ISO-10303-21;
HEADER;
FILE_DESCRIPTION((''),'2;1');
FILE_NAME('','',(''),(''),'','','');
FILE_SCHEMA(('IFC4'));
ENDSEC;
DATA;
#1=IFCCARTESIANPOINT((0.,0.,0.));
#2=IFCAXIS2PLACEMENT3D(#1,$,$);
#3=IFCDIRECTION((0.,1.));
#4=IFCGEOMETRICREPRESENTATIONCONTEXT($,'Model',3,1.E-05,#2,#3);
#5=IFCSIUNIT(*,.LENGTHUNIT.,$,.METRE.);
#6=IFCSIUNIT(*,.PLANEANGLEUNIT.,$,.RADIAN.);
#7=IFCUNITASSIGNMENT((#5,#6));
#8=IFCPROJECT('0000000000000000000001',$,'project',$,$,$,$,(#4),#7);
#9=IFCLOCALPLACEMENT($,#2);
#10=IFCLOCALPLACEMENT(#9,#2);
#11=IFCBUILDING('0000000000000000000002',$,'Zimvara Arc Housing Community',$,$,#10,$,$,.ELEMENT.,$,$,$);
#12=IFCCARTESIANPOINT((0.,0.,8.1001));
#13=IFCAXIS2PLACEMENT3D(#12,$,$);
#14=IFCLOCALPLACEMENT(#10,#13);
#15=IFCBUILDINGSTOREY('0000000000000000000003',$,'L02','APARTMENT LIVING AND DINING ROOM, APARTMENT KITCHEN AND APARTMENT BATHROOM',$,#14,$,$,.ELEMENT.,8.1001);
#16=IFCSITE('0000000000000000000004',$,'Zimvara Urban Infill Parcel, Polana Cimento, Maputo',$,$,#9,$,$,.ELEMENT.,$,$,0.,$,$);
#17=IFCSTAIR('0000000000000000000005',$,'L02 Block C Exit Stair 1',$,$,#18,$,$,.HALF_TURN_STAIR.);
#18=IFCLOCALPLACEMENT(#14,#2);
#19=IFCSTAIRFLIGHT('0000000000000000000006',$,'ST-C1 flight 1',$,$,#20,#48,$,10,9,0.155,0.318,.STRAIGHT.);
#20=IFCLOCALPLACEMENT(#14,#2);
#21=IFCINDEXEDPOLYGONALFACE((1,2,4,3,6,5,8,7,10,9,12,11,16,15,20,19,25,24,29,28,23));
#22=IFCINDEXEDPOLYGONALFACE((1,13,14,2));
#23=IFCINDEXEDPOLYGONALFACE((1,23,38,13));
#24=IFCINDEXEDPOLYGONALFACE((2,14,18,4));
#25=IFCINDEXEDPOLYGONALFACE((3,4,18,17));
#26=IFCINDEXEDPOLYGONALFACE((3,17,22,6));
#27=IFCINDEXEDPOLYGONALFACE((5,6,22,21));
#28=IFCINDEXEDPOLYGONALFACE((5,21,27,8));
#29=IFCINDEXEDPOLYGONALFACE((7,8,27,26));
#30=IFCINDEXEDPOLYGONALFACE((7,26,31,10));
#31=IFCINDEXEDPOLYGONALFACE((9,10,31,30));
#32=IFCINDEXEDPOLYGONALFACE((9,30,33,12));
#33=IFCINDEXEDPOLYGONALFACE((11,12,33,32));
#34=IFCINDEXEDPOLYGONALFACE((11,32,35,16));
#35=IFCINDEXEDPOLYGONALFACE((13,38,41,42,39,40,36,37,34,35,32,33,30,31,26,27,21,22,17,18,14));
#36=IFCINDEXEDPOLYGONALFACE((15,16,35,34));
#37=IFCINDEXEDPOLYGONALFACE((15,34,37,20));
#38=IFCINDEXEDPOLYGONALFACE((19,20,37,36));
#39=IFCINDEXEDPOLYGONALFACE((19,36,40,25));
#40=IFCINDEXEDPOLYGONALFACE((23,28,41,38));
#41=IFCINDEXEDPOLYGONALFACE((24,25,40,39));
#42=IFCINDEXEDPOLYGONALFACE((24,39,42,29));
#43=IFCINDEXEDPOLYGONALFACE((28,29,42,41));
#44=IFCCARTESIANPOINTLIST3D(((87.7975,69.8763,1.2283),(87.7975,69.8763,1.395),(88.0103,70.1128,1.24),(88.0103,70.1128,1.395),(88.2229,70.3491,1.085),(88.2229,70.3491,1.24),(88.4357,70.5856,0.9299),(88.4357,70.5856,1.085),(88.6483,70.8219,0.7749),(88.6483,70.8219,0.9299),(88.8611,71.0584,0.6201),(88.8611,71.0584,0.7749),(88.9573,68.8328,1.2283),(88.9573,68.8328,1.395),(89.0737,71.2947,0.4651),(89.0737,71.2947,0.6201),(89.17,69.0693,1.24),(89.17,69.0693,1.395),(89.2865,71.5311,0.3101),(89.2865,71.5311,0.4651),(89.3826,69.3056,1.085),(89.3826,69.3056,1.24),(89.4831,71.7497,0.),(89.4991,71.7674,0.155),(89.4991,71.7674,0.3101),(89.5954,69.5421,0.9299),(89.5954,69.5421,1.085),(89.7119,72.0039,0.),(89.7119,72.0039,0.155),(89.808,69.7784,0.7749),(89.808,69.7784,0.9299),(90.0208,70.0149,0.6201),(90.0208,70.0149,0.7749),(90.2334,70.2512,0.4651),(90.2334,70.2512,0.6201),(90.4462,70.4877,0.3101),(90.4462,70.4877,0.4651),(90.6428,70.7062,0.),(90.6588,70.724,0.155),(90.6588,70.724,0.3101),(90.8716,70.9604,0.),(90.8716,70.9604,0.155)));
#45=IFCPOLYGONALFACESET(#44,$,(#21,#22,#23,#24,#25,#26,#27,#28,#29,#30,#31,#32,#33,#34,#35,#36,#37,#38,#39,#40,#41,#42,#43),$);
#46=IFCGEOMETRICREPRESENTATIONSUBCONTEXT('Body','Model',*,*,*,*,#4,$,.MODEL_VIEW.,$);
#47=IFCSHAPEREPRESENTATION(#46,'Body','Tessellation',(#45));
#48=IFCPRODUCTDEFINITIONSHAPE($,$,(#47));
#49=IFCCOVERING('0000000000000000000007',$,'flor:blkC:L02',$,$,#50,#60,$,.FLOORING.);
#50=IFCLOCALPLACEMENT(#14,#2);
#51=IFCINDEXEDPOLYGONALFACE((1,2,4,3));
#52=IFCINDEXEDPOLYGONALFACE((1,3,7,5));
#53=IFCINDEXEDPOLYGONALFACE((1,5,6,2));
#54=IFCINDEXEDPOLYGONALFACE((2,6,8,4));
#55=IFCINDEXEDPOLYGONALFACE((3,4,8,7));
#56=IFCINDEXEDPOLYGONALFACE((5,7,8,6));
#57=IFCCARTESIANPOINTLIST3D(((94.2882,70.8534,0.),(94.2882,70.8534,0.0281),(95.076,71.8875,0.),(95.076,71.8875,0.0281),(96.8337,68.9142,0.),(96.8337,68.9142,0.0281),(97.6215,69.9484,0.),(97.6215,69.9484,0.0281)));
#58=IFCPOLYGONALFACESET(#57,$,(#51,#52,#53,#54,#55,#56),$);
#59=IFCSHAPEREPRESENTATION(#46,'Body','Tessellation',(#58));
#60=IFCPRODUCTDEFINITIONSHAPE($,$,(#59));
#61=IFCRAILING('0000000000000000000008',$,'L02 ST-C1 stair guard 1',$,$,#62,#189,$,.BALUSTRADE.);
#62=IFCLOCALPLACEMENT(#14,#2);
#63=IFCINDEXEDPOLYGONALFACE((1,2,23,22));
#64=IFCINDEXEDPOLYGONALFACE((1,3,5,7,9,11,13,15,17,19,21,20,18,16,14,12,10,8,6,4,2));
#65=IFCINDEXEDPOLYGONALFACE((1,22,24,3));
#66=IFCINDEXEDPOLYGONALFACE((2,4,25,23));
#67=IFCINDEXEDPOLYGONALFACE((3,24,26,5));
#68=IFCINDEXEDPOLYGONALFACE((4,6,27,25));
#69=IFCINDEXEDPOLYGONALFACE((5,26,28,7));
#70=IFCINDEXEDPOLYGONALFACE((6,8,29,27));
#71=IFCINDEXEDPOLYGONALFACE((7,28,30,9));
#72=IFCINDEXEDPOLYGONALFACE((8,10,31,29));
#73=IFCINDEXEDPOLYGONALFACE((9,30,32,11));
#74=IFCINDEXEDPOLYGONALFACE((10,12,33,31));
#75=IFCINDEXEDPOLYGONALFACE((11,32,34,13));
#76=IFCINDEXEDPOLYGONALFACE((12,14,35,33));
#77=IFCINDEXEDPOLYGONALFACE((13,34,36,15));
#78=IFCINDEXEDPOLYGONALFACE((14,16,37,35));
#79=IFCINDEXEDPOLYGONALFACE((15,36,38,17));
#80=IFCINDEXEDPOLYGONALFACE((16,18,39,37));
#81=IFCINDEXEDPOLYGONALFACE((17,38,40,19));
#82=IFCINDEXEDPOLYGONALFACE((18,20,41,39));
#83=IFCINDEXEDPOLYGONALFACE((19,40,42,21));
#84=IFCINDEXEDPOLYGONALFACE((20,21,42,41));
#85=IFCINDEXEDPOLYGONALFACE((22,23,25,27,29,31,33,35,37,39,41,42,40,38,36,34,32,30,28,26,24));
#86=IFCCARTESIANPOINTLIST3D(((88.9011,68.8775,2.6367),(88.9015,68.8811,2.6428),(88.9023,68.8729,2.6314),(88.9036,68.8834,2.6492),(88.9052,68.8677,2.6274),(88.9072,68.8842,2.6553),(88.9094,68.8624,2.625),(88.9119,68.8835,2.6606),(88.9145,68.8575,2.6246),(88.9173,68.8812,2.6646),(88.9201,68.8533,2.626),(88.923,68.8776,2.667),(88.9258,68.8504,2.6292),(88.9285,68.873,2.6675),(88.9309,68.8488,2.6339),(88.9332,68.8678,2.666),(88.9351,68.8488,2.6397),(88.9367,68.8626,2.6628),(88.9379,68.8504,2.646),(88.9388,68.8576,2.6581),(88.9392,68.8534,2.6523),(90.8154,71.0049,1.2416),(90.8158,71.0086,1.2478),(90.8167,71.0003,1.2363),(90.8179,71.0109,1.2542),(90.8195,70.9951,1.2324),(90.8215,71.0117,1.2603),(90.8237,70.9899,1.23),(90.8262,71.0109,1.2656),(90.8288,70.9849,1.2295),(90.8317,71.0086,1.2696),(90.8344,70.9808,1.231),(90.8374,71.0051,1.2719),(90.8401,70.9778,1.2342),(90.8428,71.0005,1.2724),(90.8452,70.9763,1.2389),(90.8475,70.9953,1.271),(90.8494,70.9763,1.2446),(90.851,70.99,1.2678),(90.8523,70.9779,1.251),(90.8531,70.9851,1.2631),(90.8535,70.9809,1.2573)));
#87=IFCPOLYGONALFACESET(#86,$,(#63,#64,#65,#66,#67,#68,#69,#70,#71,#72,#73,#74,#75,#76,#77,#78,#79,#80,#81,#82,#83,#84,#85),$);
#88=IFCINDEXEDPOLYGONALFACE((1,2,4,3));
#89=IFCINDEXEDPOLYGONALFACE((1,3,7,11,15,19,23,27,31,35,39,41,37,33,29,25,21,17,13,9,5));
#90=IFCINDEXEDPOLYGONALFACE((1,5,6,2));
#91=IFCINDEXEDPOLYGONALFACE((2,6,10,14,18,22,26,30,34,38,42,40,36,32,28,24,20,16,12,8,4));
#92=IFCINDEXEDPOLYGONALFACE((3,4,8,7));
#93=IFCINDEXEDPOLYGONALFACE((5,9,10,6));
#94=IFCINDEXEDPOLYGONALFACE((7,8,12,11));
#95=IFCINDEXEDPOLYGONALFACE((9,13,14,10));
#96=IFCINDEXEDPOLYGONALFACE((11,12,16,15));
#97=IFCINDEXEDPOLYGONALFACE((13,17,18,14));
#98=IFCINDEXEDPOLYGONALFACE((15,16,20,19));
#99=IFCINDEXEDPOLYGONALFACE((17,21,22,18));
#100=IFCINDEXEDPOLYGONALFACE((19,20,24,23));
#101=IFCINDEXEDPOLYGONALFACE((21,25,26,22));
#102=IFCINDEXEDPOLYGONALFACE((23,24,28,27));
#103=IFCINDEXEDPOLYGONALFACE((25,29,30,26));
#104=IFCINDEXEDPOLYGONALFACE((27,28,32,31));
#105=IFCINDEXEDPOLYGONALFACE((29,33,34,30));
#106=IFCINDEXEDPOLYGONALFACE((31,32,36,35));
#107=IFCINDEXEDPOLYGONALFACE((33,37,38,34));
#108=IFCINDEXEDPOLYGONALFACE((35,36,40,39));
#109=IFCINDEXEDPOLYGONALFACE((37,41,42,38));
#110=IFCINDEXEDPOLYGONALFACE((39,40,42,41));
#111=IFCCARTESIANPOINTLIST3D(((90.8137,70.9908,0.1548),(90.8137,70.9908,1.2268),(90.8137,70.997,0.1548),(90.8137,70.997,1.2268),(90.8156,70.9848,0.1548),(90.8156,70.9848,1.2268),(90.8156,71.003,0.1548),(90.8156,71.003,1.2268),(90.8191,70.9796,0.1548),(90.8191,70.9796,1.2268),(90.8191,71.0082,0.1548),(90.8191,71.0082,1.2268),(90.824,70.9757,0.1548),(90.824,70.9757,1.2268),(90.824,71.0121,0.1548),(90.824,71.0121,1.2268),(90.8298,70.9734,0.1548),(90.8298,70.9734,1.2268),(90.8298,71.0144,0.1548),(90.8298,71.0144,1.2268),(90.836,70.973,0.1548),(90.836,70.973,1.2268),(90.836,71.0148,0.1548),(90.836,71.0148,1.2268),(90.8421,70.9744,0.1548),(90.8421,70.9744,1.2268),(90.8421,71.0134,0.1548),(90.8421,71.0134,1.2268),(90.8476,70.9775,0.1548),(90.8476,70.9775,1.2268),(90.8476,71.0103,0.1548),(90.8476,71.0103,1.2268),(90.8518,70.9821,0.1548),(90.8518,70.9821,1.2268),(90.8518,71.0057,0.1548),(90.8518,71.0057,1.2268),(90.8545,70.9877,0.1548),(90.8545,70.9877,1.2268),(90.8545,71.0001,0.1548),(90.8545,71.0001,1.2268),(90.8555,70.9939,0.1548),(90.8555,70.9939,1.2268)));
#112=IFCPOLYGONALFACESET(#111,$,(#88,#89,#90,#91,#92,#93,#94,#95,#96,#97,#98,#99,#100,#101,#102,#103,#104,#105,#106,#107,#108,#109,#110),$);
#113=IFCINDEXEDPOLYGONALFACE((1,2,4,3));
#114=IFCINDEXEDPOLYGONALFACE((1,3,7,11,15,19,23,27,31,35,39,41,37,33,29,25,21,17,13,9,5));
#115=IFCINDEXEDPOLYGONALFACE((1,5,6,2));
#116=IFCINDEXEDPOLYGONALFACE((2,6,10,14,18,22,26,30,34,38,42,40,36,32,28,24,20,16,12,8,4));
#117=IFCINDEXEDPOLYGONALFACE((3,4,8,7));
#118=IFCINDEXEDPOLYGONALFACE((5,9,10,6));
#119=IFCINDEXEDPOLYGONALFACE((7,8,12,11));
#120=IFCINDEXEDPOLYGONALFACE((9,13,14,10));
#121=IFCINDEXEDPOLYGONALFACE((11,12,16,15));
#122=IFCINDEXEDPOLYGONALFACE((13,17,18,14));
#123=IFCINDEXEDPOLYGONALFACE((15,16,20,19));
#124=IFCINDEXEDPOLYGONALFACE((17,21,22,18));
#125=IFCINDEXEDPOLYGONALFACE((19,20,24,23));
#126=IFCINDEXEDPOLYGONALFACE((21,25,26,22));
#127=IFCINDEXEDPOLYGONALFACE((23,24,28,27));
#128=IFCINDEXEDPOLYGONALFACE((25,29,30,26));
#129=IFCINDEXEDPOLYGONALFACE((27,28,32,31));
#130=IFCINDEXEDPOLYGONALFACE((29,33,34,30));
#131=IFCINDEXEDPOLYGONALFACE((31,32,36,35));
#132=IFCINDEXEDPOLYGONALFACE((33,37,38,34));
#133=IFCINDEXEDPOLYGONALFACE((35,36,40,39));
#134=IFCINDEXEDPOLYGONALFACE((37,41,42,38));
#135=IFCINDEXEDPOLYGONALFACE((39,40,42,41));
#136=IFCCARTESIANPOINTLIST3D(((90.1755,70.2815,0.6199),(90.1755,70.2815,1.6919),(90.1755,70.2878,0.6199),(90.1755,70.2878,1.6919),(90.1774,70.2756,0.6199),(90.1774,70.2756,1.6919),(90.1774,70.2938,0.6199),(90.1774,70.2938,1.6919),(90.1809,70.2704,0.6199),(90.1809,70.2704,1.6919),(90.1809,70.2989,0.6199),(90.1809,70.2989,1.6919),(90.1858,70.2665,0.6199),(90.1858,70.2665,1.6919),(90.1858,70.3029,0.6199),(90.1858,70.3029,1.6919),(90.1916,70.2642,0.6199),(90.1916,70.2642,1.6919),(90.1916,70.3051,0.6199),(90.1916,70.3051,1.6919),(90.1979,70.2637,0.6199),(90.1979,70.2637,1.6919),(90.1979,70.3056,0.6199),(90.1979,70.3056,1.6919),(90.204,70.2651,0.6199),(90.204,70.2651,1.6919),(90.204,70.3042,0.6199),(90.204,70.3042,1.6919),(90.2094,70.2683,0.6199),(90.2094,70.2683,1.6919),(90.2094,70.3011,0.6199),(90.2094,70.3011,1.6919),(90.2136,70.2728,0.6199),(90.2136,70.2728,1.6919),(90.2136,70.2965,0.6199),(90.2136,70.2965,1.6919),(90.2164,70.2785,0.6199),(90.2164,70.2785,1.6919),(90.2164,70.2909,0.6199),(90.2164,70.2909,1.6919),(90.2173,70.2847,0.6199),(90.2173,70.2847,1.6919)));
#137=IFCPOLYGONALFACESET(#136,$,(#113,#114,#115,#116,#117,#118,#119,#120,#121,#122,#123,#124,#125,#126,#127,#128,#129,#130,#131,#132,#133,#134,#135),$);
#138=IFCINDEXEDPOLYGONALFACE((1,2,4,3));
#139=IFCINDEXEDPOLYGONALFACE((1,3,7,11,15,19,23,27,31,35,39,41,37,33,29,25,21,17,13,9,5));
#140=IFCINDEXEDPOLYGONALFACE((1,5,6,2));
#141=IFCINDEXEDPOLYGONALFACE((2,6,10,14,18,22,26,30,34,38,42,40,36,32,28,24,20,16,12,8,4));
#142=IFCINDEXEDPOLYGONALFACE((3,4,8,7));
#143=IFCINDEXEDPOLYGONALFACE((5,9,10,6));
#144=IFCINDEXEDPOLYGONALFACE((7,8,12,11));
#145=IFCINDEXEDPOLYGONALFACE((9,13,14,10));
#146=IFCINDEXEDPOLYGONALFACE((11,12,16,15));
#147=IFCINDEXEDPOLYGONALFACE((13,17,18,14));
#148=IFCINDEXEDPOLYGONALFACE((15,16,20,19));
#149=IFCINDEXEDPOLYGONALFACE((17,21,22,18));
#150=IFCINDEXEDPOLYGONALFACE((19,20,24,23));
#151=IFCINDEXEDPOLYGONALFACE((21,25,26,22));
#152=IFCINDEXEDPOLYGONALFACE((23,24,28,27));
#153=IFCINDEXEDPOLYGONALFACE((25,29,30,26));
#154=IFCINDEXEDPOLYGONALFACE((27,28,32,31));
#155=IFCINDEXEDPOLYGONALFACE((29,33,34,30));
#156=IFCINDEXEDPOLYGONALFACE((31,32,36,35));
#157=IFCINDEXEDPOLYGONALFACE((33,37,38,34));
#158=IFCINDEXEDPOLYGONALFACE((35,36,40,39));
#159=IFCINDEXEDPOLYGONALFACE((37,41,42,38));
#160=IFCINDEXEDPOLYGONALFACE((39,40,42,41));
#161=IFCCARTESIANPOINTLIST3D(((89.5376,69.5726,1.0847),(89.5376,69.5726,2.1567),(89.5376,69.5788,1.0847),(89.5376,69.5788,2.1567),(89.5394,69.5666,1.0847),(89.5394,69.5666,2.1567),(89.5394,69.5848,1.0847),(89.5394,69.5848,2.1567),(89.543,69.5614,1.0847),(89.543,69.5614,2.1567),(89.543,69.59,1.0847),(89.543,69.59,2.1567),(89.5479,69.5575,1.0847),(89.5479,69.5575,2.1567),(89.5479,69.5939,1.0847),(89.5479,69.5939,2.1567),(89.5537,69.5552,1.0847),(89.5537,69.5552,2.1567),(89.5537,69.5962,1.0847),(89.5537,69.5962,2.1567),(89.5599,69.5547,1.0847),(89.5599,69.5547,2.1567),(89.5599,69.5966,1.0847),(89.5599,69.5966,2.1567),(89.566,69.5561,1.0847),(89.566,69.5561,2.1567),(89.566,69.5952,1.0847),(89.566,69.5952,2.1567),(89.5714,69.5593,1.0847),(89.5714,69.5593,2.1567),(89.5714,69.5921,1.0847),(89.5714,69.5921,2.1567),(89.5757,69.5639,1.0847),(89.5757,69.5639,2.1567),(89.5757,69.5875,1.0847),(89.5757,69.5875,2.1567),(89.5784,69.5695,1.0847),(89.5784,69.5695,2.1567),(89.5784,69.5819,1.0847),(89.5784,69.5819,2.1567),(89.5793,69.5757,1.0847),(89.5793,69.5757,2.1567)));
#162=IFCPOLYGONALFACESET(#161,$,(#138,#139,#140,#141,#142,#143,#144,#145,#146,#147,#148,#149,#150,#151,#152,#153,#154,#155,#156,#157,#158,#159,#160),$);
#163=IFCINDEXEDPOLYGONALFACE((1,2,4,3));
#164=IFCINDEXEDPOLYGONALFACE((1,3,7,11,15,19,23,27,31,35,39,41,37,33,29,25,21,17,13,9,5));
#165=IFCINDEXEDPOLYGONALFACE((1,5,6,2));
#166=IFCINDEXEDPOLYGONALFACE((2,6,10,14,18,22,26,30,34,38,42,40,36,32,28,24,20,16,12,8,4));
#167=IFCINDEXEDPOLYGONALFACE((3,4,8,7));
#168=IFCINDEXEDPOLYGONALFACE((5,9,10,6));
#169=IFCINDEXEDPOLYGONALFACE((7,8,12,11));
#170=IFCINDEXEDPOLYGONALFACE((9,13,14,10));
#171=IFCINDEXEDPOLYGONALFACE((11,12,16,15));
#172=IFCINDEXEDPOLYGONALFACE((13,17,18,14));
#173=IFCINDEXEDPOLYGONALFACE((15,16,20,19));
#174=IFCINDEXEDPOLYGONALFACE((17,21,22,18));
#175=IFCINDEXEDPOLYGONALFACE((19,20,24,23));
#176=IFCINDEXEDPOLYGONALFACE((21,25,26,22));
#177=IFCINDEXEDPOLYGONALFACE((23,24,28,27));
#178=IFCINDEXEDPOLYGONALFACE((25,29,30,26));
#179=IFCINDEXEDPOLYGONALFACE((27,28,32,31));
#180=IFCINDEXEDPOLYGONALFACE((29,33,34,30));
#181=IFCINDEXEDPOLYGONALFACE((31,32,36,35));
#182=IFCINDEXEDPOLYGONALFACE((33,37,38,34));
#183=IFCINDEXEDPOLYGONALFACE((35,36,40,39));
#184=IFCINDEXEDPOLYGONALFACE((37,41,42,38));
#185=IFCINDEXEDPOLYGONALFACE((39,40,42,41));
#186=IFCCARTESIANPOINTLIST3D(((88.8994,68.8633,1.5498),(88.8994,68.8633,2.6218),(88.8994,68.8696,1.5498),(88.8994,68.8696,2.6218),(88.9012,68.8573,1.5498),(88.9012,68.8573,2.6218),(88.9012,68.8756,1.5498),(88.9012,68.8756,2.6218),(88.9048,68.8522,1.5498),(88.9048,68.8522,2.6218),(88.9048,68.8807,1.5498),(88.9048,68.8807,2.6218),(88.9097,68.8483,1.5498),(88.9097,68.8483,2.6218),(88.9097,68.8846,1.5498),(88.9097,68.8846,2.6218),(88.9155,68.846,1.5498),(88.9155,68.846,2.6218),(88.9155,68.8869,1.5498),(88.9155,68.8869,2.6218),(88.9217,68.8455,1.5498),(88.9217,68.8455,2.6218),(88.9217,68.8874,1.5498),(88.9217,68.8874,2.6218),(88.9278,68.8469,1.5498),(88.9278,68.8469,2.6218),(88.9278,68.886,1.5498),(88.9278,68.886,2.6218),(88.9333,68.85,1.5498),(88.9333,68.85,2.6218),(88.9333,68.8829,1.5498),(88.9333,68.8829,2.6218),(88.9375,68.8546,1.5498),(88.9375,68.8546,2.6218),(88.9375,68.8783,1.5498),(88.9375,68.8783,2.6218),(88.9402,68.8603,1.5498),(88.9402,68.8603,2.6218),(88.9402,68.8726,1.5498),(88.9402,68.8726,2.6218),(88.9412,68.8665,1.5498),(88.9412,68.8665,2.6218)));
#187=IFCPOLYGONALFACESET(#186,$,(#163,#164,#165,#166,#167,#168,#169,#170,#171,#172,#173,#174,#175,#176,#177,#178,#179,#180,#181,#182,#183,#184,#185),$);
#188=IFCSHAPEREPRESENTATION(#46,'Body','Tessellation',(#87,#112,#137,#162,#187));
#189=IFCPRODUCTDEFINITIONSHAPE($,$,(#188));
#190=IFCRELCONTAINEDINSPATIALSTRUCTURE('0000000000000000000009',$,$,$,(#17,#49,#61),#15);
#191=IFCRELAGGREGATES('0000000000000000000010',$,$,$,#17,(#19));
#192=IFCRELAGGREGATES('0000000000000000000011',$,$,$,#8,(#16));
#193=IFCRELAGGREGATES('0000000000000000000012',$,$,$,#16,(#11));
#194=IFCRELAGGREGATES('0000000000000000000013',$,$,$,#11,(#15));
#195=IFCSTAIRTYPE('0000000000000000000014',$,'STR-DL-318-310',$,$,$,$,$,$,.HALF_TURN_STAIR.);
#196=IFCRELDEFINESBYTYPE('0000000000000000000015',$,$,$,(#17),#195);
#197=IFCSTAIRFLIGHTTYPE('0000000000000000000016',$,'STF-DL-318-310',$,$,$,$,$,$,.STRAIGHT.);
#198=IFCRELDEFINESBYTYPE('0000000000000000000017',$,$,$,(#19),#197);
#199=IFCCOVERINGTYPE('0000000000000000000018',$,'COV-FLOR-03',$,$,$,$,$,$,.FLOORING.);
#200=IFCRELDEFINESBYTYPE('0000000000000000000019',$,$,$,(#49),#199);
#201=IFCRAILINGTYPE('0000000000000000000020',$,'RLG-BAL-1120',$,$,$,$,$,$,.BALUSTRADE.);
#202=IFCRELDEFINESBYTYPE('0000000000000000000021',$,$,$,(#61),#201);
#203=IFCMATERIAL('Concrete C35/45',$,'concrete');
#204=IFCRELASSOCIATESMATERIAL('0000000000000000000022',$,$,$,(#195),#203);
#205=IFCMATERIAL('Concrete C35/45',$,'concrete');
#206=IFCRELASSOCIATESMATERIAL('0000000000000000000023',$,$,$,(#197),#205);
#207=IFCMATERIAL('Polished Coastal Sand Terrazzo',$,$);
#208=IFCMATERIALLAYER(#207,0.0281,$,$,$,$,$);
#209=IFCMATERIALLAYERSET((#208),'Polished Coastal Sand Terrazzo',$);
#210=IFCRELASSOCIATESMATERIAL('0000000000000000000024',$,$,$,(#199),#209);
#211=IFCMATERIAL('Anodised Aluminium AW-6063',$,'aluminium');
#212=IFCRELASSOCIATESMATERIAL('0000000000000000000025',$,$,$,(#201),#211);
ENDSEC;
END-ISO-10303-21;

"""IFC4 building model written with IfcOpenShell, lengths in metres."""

from ifc_helpers import new_model, si_unit, direction, frame, origin, origin_2d, place, context, subcontext, project, spatial, polyline, rectangle, circle, outline, extrude, material, layer, layer_set, type_object, element, aggregate, save


model = new_model("IFC4")

# Units and contexts
model_context = context("Model", 3, precision=1e-05, world=origin(), true_north=direction((0.0, 1.0)))
body_context = subcontext(model_context, "Body", "Model", "MODEL_VIEW")
ifc_project = project(units=[si_unit("LENGTHUNIT", "METRE"), si_unit("PLANEANGLEUNIT", "RADIAN")], contexts=[model_context])

# Site, building, storey
site_placement = place(None, origin())
site = spatial("IfcSite", under=ifc_project, at=site_placement, Name="Zimvara Urban Infill Parcel, Polana Cimento, Maputo", CompositionType="ELEMENT", RefElevation=0.0)
building_placement = place(site_placement, origin())
building = spatial("IfcBuilding", under=site, at=building_placement, Name="Zimvara Arc Housing Community", CompositionType="ELEMENT")
storey_placement = place(building_placement, frame((0.0, 0.0, 8.1001)))
storey = spatial("IfcBuildingStorey", under=building, at=storey_placement, Name="L02", Description="APARTMENT LIVING AND DINING ROOM, APARTMENT KITCHEN AND APARTMENT BATHROOM", CompositionType="ELEMENT", Elevation=8.1001)

# Stair, stair flight
ifc_material_1 = material(Name="Concrete C35/45", Category="concrete")
stair_type = type_object("IfcStairType", Name="STR-DL-318-310", PredefinedType="HALF_TURN_STAIR", material=ifc_material_1)
stair_placement = place(storey_placement, origin())
stair = element("IfcStair", 1, at=stair_placement, inside=storey, type_object=stair_type, Name="L02 Block C Exit Stair 1", PredefinedType="HALF_TURN_STAIR")
ifc_material_2 = material(Name="Concrete C35/45", Category="concrete")
stair_flight_type = type_object("IfcStairFlightType", Name="STF-DL-318-310", PredefinedType="STRAIGHT", material=ifc_material_2)
stair_flight_placement = place(storey_placement, frame((90.2917, 71.4822, 0.0), z_axis=(0.0, 0.0, 1.0), x_axis=(-0.668871, -0.743378, 0.0)))
stair_flight = element("IfcStairFlight", 2, at=stair_flight_placement, type_object=stair_flight_type, Name="ST-C1 flight 1", NumberOfRisers=10, NumberOfTreads=9, PredefinedType="STRAIGHT", RiserHeight=0.155, TreadLength=0.318, context=body_context, shape_type="SweptSolid", body=[
    extrude(outline(polyline([(0.0, 0.0), (0.0, 0.155), (0.3181, 0.155), (0.3181, 0.3101), (0.636, 0.3101), (0.636, 0.4651), (0.9541, 0.4651), (0.9541, 0.6201), (1.272, 0.6201), (1.272, 0.7749), (1.5901, 0.7749), (1.5901, 0.9299), (1.908, 0.9299), (1.908, 1.085), (2.2261, 1.085), (2.2261, 1.24), (2.5439, 1.24), (2.5439, 1.395), (2.8621, 1.395), (2.8621, 1.55), (2.8621, 1.2283), (0.342, 0.0), (0.0, 0.0)])), frame((0.0, 0.78, 0.0), z_axis=(0.0, -1.0, 0.0), x_axis=(1.0, 0.0, 0.0)), (0.0, 0.0, 1.0), 1.5601),
])
aggregate(stair, [stair_flight])

# Covering
ifc_material_3 = material(Name="Polished Coastal Sand Terrazzo")
ifc_layer_1 = layer(ifc_material_3, 0.0281)
ifc_layer_set_1 = layer_set([ifc_layer_1], Name="Polished Coastal Sand Terrazzo")
covering_type = type_object("IfcCoveringType", Name="COV-FLOR-03", PredefinedType="FLOORING", material=ifc_layer_set_1)
covering_placement = place(storey_placement, frame((95.9548, 70.4009, 0.0), z_axis=(0.0, 0.0, 1.0), x_axis=(-0.605988, -0.795473, 0.0)))
element("IfcCovering", 3, at=covering_placement, inside=storey, type_object=covering_type, Name="flor:blkC:L02", PredefinedType="FLOORING", context=body_context, shape_type="SweptSolid", body=[
    extrude(rectangle(XDim=1.3, YDim=3.2, at=origin_2d()), origin(), (0.0, 0.0, 1.0), 0.0281),
])

# Railing
ifc_material_4 = material(Name="Anodised Aluminium AW-6063", Category="aluminium")
railing_type_1 = type_object("IfcRailingType", Name="RLG-BAL-1120", PredefinedType="BALUSTRADE", material=ifc_material_4)
railing_1_placement = place(storey_placement, frame((90.8345, 70.9939, 0.1548)))
element("IfcRailing", 4, at=railing_1_placement, inside=storey, type_object=railing_type_1, Name="L02 ST-C1 stair guard 1", PredefinedType="BALUSTRADE", context=body_context, shape_type="SweptSolid", body=[
    extrude(circle(Radius=0.0239, at=origin_2d()), frame((0.0, 0.0, 1.0962), z_axis=(-0.601263, -0.668206, 0.43816), x_axis=(0.743362, -0.668889, 0.0)), (0.0, 0.0, 1.0), 3.1838),
    extrude(circle(Radius=0.021, at=origin_2d()), origin(), (0.0, 0.0, 1.0), 1.072),
    extrude(circle(Radius=0.021, at=origin_2d()), frame((-0.6382, -0.7092, 0.4651)), (0.0, 0.0, 1.0), 1.072),
    extrude(circle(Radius=0.021, at=origin_2d()), frame((-1.2761, -1.4182, 0.9299)), (0.0, 0.0, 1.0), 1.072),
    extrude(circle(Radius=0.021, at=origin_2d()), frame((-1.9143, -2.1274, 1.395)), (0.0, 0.0, 1.0), 1.072),
])

save(model, "model.ifc")
